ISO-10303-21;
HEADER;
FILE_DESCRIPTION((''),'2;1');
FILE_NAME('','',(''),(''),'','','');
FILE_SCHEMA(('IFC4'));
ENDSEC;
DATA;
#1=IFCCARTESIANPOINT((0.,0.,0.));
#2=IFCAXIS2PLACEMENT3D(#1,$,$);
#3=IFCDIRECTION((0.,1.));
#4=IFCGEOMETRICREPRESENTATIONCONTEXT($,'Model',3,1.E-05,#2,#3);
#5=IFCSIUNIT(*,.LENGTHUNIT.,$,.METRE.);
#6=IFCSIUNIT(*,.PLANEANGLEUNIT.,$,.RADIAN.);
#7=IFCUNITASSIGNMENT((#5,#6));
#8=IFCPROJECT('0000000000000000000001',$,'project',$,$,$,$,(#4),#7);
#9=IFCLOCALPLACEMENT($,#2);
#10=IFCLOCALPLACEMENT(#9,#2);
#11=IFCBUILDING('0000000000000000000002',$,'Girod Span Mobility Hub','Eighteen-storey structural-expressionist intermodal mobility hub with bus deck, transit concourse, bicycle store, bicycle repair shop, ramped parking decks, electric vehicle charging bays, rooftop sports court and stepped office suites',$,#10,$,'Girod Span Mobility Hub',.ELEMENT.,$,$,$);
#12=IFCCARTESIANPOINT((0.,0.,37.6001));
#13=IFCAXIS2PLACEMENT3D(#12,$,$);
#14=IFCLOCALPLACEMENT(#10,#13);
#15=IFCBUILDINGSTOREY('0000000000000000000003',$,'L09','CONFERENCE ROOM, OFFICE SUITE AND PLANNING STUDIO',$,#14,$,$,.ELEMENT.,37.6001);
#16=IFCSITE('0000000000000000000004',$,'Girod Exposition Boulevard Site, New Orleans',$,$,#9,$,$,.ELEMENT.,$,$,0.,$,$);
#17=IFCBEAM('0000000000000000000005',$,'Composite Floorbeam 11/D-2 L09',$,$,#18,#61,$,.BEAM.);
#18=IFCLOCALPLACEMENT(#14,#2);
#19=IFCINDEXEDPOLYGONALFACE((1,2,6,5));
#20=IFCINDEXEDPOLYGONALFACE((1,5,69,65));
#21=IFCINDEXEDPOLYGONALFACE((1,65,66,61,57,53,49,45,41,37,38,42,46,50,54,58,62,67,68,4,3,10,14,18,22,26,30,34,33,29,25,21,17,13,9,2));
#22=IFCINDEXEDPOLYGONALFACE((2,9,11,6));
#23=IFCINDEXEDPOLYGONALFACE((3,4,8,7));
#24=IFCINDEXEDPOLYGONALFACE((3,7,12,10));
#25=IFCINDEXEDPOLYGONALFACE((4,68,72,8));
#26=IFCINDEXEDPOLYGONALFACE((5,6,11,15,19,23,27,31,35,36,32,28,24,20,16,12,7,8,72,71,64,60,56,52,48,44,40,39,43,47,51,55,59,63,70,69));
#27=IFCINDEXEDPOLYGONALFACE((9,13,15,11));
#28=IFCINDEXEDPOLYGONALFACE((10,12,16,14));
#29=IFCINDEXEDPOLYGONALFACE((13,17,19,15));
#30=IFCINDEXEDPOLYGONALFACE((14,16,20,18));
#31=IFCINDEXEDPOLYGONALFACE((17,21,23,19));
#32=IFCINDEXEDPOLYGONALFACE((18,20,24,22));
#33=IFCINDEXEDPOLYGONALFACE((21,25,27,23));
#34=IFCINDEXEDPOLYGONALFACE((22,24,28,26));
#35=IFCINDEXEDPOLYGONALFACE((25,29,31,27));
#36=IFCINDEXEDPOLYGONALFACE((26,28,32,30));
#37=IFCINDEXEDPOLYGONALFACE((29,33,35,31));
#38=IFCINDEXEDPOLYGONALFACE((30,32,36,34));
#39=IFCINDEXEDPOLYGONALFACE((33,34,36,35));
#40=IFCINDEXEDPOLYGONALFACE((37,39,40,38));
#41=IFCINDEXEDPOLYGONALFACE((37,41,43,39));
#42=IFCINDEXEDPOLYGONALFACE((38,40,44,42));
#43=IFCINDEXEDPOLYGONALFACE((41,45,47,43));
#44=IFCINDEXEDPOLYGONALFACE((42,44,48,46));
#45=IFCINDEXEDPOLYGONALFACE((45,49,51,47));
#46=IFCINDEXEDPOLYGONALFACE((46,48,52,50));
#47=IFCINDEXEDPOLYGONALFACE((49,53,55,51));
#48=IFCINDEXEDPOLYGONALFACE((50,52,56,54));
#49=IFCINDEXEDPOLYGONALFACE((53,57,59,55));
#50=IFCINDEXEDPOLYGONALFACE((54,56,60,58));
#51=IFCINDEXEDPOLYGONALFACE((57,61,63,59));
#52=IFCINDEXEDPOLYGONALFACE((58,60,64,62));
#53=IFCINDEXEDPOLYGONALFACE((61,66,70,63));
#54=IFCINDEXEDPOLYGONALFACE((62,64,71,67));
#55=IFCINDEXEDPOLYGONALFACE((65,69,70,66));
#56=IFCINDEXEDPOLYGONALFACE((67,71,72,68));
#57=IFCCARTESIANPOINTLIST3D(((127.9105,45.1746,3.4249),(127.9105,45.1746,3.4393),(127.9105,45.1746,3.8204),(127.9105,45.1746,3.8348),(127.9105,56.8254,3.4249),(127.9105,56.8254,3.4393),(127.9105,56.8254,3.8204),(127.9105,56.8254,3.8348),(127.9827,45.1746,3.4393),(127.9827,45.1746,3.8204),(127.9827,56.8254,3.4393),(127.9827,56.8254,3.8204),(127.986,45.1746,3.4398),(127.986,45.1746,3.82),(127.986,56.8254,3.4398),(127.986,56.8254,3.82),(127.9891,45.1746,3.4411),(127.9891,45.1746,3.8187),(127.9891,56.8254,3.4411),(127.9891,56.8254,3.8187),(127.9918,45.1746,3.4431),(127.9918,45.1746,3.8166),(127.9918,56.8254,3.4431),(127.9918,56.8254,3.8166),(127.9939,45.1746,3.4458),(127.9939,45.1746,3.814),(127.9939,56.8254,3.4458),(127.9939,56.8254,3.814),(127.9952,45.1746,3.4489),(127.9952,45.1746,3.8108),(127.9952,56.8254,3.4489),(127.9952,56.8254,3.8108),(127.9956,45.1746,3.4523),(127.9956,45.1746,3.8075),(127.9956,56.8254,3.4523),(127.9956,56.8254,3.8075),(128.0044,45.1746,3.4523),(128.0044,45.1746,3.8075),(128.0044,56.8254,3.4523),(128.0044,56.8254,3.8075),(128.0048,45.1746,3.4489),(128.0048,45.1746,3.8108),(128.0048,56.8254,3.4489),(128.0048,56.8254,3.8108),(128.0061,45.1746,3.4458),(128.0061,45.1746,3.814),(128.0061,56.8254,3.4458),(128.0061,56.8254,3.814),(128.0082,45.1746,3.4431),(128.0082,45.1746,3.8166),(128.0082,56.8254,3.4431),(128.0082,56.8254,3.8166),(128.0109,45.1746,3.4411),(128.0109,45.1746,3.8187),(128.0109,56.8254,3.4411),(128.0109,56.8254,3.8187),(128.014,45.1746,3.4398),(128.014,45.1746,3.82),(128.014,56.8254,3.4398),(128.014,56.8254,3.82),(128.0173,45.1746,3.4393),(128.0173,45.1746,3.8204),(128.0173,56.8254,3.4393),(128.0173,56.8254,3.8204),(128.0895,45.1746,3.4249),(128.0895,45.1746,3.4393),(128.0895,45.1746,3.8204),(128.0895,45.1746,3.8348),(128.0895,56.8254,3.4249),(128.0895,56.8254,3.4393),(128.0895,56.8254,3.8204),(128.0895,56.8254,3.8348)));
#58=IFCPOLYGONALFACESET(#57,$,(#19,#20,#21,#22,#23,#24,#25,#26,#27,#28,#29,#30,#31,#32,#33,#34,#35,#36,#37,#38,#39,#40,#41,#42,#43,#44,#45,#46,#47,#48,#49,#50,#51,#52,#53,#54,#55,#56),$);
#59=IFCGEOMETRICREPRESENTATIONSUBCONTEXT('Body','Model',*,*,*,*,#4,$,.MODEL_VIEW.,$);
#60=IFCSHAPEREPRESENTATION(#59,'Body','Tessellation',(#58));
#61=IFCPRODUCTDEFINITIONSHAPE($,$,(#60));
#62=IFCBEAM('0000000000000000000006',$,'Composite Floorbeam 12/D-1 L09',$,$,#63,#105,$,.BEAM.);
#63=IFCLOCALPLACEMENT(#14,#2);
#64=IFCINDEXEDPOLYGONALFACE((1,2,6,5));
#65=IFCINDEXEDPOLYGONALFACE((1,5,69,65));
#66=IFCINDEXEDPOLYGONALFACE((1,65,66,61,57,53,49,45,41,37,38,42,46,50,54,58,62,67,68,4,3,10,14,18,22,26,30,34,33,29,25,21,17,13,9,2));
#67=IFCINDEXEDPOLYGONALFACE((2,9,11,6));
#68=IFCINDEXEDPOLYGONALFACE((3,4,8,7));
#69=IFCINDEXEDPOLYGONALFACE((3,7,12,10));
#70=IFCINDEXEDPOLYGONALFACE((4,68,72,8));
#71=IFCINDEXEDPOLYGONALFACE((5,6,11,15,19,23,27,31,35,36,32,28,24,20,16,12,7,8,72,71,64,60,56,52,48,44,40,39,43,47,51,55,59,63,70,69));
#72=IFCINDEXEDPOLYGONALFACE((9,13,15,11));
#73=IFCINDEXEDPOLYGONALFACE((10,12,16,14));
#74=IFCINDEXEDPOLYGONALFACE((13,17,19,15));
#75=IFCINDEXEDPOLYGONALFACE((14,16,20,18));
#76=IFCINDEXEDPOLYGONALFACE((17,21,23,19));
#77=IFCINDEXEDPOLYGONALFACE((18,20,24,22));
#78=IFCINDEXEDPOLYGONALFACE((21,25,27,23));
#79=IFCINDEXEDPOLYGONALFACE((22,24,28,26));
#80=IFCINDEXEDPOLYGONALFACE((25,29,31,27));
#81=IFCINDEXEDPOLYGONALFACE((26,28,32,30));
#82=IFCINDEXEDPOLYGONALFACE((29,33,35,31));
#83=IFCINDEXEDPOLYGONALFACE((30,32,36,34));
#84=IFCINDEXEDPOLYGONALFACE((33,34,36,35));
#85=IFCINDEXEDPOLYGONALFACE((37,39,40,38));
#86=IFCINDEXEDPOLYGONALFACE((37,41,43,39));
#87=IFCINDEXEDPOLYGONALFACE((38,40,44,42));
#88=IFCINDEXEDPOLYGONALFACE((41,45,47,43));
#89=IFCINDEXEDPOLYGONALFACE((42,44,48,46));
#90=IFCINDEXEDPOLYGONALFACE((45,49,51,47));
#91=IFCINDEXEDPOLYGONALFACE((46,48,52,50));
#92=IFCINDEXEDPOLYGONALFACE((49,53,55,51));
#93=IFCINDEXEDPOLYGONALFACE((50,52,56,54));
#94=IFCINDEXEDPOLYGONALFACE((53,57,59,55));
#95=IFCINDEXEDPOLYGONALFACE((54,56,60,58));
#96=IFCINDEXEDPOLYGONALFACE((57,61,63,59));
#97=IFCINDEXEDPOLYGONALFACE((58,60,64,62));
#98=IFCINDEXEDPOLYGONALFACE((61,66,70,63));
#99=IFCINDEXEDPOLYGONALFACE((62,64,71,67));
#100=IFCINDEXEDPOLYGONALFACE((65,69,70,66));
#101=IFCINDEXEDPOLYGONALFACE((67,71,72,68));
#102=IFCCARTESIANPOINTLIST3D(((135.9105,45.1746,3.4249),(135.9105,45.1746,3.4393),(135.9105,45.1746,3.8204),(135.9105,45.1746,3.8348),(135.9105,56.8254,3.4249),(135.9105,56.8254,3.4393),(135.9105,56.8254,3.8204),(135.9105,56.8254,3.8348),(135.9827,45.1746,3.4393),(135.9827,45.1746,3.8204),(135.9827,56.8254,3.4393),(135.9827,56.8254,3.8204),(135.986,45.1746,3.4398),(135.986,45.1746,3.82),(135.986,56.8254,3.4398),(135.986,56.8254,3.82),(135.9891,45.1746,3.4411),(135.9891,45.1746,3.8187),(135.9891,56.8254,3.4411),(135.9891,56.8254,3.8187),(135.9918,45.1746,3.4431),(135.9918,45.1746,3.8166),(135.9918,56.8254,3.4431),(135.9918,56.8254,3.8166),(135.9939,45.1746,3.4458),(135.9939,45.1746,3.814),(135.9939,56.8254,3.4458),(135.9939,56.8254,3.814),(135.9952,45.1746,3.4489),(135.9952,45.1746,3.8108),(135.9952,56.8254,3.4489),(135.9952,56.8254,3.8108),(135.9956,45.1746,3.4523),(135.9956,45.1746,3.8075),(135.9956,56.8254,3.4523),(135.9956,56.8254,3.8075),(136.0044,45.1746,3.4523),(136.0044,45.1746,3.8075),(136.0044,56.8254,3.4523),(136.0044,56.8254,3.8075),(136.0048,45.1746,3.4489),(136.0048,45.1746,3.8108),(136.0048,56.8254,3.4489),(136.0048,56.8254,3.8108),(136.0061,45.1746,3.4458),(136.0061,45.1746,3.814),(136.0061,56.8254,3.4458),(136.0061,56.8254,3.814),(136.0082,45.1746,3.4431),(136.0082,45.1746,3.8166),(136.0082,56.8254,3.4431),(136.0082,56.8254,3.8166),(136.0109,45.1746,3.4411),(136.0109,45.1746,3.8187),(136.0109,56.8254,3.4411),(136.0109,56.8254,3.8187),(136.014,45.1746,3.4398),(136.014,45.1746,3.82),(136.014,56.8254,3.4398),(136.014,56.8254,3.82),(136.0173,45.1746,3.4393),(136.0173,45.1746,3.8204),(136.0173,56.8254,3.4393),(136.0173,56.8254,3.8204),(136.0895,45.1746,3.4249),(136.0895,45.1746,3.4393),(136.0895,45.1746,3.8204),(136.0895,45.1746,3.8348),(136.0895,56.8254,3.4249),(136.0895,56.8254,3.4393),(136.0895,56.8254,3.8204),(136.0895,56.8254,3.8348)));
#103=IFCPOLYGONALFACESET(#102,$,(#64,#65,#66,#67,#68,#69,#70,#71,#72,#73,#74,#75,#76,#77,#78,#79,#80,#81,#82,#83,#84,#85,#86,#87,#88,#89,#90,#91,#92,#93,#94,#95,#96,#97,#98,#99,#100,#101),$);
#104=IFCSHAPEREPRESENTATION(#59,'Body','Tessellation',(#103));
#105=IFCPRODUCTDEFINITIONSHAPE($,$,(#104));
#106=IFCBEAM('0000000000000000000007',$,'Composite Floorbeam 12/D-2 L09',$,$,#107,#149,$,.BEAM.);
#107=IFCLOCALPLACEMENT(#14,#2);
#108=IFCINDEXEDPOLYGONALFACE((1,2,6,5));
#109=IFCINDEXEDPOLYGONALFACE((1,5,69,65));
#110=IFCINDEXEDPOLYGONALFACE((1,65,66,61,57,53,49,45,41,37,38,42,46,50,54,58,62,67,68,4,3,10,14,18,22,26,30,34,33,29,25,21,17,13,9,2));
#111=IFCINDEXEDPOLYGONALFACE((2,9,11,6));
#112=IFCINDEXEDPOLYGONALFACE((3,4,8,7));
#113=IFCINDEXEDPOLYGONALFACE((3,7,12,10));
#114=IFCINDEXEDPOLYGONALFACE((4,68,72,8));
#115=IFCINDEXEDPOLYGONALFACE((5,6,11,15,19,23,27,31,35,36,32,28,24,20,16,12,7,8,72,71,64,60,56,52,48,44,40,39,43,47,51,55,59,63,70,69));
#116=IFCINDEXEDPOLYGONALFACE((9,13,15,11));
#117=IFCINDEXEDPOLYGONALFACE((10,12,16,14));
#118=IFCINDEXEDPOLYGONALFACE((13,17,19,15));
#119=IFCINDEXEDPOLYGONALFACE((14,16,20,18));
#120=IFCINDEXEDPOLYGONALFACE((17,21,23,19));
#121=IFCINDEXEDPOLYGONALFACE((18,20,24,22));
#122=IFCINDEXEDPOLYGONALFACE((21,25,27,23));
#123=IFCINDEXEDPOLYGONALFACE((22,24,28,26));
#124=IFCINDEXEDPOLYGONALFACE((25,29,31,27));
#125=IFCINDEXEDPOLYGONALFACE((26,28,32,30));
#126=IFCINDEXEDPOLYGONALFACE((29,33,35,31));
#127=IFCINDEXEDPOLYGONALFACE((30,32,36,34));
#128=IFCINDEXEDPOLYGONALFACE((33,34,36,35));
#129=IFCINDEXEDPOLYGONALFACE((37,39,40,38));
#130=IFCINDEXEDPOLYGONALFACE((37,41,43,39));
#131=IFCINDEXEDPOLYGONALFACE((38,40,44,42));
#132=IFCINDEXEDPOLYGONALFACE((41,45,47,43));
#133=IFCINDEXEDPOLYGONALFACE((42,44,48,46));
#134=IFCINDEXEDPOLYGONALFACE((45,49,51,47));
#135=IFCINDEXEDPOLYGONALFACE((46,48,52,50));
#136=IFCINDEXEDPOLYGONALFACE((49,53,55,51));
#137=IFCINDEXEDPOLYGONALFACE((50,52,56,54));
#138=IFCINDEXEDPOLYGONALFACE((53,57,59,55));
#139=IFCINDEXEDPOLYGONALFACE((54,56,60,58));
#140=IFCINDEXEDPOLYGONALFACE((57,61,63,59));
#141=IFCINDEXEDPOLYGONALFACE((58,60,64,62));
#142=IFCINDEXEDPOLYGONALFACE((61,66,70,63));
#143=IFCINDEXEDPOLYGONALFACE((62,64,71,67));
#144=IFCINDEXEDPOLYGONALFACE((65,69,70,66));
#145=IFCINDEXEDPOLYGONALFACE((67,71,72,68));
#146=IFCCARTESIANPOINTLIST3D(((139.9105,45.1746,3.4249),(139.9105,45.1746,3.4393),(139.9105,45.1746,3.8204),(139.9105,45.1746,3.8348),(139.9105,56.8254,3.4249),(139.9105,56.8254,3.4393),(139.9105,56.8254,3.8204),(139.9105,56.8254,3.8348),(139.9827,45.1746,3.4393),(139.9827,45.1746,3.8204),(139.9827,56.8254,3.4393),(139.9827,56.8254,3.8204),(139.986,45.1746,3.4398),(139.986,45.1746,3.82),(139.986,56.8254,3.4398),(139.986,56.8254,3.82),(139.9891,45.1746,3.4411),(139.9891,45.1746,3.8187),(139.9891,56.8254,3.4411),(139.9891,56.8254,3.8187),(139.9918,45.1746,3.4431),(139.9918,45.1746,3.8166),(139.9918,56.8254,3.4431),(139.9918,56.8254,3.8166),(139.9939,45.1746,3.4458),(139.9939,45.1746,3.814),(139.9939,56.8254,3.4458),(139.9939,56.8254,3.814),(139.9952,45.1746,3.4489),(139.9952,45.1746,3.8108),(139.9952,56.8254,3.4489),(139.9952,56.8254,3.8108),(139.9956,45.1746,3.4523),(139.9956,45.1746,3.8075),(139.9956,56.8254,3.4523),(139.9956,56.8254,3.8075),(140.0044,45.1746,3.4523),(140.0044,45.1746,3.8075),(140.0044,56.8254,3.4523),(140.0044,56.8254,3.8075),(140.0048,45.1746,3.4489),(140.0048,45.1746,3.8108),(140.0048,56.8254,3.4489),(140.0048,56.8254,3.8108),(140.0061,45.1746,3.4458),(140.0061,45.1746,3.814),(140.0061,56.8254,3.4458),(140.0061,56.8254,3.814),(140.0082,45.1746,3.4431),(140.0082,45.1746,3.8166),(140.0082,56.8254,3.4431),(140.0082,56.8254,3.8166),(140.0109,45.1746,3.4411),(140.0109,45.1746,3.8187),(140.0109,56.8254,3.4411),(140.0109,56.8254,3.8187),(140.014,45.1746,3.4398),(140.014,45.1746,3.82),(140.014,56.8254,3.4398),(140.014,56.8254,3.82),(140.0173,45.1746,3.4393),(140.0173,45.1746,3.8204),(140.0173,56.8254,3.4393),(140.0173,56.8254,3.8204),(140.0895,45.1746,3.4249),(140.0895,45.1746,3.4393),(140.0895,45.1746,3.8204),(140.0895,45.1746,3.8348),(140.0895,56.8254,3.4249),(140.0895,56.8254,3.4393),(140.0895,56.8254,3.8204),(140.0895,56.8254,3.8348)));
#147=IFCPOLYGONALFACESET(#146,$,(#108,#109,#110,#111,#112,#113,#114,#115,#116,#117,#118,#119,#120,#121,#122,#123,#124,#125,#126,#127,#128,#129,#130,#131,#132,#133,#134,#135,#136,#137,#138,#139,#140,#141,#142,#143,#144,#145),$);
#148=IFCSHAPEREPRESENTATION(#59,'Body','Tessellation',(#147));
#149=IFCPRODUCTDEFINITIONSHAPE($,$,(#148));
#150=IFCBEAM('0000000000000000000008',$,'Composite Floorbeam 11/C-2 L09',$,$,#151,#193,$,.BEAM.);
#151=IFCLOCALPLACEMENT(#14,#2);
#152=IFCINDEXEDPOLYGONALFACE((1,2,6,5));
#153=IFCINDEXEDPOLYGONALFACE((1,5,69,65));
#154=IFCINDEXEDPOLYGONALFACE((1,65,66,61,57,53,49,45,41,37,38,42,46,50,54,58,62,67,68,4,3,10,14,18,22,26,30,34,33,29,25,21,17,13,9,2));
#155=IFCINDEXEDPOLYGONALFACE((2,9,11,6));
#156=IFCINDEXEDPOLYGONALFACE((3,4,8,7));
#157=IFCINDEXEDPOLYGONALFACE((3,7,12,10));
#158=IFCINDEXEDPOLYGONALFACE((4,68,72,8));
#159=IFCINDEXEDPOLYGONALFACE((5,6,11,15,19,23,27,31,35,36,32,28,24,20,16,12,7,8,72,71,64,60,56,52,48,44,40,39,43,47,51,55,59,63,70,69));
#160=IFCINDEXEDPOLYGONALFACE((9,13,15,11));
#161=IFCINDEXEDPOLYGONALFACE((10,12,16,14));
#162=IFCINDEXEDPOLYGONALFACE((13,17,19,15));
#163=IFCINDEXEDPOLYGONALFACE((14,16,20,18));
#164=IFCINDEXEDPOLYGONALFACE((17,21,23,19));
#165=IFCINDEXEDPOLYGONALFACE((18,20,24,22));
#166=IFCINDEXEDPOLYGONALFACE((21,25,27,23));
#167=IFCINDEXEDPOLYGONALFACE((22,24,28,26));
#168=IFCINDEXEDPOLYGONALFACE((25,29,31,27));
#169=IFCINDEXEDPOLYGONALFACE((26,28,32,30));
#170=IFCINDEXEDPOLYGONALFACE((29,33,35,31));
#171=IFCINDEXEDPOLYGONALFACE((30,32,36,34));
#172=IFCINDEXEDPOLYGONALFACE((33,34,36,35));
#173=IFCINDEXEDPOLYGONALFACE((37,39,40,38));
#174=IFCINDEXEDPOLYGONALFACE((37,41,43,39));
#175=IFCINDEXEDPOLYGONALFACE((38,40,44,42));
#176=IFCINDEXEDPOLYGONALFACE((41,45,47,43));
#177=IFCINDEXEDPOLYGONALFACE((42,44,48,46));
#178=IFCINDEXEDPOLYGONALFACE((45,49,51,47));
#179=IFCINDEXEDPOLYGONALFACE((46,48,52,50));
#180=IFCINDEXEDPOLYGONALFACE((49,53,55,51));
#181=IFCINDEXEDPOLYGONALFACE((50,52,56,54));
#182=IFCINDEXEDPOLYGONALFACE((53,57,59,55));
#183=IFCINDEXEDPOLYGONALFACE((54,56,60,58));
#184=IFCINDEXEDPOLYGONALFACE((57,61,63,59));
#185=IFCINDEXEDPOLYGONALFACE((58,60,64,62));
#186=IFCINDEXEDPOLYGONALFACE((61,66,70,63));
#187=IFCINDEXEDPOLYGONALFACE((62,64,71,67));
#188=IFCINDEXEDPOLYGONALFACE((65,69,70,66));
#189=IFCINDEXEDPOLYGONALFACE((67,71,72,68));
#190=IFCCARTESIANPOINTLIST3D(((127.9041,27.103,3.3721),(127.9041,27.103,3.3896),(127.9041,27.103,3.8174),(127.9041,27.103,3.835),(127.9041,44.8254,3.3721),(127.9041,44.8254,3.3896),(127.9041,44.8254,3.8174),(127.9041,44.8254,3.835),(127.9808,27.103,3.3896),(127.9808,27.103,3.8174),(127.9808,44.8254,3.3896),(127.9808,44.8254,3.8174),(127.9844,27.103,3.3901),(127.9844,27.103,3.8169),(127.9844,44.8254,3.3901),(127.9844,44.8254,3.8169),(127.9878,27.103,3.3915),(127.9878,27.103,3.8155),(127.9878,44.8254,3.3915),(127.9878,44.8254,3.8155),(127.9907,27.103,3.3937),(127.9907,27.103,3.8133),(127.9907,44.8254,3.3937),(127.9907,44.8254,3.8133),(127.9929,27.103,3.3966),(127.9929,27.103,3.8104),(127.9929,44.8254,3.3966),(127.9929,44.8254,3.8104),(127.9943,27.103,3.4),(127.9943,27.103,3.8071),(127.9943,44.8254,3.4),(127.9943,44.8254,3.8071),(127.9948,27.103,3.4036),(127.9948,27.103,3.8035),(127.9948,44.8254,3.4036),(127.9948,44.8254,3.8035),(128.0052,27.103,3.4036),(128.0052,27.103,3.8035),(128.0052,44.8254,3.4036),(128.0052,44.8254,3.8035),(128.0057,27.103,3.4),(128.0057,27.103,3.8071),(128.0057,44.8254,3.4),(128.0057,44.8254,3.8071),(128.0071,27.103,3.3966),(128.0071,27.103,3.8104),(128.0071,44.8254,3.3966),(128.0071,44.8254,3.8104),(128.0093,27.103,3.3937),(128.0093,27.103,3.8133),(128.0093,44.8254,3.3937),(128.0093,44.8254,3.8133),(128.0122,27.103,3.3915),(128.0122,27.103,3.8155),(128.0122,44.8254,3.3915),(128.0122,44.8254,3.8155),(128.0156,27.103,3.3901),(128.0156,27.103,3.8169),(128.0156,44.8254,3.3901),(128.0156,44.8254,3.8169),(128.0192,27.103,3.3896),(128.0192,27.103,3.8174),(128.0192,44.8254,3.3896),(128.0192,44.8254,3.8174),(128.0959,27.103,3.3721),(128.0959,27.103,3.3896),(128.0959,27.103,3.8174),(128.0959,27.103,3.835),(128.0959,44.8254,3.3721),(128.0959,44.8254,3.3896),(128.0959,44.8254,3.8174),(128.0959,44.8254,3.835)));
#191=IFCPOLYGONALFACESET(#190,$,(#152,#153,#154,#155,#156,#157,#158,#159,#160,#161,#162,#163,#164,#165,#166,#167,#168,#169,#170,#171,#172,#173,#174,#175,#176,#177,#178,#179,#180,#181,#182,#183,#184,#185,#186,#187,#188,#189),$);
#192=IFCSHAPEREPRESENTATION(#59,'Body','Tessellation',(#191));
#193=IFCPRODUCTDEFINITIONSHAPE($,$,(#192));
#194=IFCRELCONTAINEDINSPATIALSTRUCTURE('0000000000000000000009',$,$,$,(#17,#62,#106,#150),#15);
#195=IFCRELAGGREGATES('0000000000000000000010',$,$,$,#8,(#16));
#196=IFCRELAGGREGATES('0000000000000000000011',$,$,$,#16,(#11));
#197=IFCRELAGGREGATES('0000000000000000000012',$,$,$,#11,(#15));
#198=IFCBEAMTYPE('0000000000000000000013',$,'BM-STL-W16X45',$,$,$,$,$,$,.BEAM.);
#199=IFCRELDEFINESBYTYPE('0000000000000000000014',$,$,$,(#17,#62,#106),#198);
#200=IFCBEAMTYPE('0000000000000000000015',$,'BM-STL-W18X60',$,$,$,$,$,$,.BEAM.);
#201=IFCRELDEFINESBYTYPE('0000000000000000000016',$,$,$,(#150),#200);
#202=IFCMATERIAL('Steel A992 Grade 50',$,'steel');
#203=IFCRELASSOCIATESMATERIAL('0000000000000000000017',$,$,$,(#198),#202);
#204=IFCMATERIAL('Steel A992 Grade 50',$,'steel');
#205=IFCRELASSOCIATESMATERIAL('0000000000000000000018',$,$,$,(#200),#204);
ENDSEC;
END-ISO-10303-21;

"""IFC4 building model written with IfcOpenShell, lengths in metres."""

from ifc_helpers import new_model, si_unit, direction, frame, origin, origin_2d, place, context, subcontext, project, spatial, i_section, extrude, material, material_profile, profile_set, type_object, element, save


model = new_model("IFC4")

# Units and contexts
model_context = context("Model", 3, precision=1e-05, world=origin(), true_north=direction((0.0, 1.0)))
body_context = subcontext(model_context, "Body", "Model", "MODEL_VIEW")
ifc_project = project(units=[si_unit("LENGTHUNIT", "METRE"), si_unit("PLANEANGLEUNIT", "RADIAN")], contexts=[model_context])

# Site, building, storey
site_placement = place(None, origin())
site = spatial("IfcSite", under=ifc_project, at=site_placement, Name="Girod Exposition Boulevard Site, New Orleans", CompositionType="ELEMENT", RefElevation=0.0)
building_placement = place(site_placement, origin())
building = spatial("IfcBuilding", under=site, at=building_placement, Name="Girod Span Mobility Hub", Description="Eighteen-storey structural-expressionist intermodal mobility hub with bus deck, transit concourse, bicycle store, bicycle repair shop, ramped parking decks, electric vehicle charging bays, rooftop sports court and stepped office suites", LongName="Girod Span Mobility Hub", CompositionType="ELEMENT")
storey_placement = place(building_placement, frame((0.0, 0.0, 37.6001)))
storey = spatial("IfcBuildingStorey", under=building, at=storey_placement, Name="L09", Description="CONFERENCE ROOM, OFFICE SUITE AND PLANNING STUDIO", CompositionType="ELEMENT", Elevation=37.6001)

# Beams
ifc_material_1 = material(Name="Steel A992 Grade 50", Category="steel")
ifc_material_profile_1 = material_profile(ifc_material_1, i_section(OverallWidth=0.179, OverallDepth=0.4099, WebThickness=0.0088, FlangeThickness=0.0144, FilletRadius=0.0129, at=origin_2d()), Name="W16X45")
ifc_profile_set_1 = profile_set([ifc_material_profile_1], Name="Steel A992 Grade 50")
beam_type_1 = type_object("IfcBeamType", Name="BM-STL-W16X45", PredefinedType="BEAM", material=ifc_profile_set_1)
for number, where, z_axis, x_axis, name in (
    (1, (128.0, 45.1746, 3.6299), (0.0, 1.0, 0.0), (-1.0, 0.0, 0.0), "Composite Floorbeam 11/D-2 L09"),
    (2, (136.0, 45.1746, 3.6299), (0.0, 1.0, 0.0), (-1.0, 0.0, 0.0), "Composite Floorbeam 12/D-1 L09"),
    (3, (140.0, 45.1746, 3.6299), (0.0, 1.0, 0.0), (-1.0, 0.0, 0.0), "Composite Floorbeam 12/D-2 L09"),
):
    element("IfcBeam", number, at=place(storey_placement, frame(where, z_axis=z_axis, x_axis=x_axis)), inside=storey, type_object=beam_type_1, Name=name, PredefinedType="BEAM", context=body_context, shape_type="SweptSolid", body=[
        extrude(i_section(OverallWidth=0.179, OverallDepth=0.4099, WebThickness=0.0088, FlangeThickness=0.0144, FilletRadius=0.0129, at=origin_2d()), origin(), (0.0, 0.0, 1.0), 11.6509),
    ])
ifc_material_2 = material(Name="Steel A992 Grade 50", Category="steel")
ifc_material_profile_2 = material_profile(ifc_material_2, i_section(OverallWidth=0.1919, OverallDepth=0.4629, WebThickness=0.0105, FlangeThickness=0.0176, FilletRadius=0.0139, at=origin_2d()), Name="W18X60")
ifc_profile_set_2 = profile_set([ifc_material_profile_2], Name="Steel A992 Grade 50")
beam_type_2 = type_object("IfcBeamType", Name="BM-STL-W18X60", PredefinedType="BEAM", material=ifc_profile_set_2)
for number, where, z_axis, x_axis, name in (
    (4, (128.0, 27.103, 3.6035), (0.0, 1.0, 0.0), (-1.0, 0.0, 0.0), "Composite Floorbeam 11/C-2 L09"),
):
    element("IfcBeam", number, at=place(storey_placement, frame(where, z_axis=z_axis, x_axis=x_axis)), inside=storey, type_object=beam_type_2, Name=name, PredefinedType="BEAM", context=body_context, shape_type="SweptSolid", body=[
        extrude(i_section(OverallWidth=0.1919, OverallDepth=0.4629, WebThickness=0.0105, FlangeThickness=0.0176, FilletRadius=0.0139, at=origin_2d()), origin(), (0.0, 0.0, 1.0), 17.7224),
    ])

save(model, "model.ifc")
